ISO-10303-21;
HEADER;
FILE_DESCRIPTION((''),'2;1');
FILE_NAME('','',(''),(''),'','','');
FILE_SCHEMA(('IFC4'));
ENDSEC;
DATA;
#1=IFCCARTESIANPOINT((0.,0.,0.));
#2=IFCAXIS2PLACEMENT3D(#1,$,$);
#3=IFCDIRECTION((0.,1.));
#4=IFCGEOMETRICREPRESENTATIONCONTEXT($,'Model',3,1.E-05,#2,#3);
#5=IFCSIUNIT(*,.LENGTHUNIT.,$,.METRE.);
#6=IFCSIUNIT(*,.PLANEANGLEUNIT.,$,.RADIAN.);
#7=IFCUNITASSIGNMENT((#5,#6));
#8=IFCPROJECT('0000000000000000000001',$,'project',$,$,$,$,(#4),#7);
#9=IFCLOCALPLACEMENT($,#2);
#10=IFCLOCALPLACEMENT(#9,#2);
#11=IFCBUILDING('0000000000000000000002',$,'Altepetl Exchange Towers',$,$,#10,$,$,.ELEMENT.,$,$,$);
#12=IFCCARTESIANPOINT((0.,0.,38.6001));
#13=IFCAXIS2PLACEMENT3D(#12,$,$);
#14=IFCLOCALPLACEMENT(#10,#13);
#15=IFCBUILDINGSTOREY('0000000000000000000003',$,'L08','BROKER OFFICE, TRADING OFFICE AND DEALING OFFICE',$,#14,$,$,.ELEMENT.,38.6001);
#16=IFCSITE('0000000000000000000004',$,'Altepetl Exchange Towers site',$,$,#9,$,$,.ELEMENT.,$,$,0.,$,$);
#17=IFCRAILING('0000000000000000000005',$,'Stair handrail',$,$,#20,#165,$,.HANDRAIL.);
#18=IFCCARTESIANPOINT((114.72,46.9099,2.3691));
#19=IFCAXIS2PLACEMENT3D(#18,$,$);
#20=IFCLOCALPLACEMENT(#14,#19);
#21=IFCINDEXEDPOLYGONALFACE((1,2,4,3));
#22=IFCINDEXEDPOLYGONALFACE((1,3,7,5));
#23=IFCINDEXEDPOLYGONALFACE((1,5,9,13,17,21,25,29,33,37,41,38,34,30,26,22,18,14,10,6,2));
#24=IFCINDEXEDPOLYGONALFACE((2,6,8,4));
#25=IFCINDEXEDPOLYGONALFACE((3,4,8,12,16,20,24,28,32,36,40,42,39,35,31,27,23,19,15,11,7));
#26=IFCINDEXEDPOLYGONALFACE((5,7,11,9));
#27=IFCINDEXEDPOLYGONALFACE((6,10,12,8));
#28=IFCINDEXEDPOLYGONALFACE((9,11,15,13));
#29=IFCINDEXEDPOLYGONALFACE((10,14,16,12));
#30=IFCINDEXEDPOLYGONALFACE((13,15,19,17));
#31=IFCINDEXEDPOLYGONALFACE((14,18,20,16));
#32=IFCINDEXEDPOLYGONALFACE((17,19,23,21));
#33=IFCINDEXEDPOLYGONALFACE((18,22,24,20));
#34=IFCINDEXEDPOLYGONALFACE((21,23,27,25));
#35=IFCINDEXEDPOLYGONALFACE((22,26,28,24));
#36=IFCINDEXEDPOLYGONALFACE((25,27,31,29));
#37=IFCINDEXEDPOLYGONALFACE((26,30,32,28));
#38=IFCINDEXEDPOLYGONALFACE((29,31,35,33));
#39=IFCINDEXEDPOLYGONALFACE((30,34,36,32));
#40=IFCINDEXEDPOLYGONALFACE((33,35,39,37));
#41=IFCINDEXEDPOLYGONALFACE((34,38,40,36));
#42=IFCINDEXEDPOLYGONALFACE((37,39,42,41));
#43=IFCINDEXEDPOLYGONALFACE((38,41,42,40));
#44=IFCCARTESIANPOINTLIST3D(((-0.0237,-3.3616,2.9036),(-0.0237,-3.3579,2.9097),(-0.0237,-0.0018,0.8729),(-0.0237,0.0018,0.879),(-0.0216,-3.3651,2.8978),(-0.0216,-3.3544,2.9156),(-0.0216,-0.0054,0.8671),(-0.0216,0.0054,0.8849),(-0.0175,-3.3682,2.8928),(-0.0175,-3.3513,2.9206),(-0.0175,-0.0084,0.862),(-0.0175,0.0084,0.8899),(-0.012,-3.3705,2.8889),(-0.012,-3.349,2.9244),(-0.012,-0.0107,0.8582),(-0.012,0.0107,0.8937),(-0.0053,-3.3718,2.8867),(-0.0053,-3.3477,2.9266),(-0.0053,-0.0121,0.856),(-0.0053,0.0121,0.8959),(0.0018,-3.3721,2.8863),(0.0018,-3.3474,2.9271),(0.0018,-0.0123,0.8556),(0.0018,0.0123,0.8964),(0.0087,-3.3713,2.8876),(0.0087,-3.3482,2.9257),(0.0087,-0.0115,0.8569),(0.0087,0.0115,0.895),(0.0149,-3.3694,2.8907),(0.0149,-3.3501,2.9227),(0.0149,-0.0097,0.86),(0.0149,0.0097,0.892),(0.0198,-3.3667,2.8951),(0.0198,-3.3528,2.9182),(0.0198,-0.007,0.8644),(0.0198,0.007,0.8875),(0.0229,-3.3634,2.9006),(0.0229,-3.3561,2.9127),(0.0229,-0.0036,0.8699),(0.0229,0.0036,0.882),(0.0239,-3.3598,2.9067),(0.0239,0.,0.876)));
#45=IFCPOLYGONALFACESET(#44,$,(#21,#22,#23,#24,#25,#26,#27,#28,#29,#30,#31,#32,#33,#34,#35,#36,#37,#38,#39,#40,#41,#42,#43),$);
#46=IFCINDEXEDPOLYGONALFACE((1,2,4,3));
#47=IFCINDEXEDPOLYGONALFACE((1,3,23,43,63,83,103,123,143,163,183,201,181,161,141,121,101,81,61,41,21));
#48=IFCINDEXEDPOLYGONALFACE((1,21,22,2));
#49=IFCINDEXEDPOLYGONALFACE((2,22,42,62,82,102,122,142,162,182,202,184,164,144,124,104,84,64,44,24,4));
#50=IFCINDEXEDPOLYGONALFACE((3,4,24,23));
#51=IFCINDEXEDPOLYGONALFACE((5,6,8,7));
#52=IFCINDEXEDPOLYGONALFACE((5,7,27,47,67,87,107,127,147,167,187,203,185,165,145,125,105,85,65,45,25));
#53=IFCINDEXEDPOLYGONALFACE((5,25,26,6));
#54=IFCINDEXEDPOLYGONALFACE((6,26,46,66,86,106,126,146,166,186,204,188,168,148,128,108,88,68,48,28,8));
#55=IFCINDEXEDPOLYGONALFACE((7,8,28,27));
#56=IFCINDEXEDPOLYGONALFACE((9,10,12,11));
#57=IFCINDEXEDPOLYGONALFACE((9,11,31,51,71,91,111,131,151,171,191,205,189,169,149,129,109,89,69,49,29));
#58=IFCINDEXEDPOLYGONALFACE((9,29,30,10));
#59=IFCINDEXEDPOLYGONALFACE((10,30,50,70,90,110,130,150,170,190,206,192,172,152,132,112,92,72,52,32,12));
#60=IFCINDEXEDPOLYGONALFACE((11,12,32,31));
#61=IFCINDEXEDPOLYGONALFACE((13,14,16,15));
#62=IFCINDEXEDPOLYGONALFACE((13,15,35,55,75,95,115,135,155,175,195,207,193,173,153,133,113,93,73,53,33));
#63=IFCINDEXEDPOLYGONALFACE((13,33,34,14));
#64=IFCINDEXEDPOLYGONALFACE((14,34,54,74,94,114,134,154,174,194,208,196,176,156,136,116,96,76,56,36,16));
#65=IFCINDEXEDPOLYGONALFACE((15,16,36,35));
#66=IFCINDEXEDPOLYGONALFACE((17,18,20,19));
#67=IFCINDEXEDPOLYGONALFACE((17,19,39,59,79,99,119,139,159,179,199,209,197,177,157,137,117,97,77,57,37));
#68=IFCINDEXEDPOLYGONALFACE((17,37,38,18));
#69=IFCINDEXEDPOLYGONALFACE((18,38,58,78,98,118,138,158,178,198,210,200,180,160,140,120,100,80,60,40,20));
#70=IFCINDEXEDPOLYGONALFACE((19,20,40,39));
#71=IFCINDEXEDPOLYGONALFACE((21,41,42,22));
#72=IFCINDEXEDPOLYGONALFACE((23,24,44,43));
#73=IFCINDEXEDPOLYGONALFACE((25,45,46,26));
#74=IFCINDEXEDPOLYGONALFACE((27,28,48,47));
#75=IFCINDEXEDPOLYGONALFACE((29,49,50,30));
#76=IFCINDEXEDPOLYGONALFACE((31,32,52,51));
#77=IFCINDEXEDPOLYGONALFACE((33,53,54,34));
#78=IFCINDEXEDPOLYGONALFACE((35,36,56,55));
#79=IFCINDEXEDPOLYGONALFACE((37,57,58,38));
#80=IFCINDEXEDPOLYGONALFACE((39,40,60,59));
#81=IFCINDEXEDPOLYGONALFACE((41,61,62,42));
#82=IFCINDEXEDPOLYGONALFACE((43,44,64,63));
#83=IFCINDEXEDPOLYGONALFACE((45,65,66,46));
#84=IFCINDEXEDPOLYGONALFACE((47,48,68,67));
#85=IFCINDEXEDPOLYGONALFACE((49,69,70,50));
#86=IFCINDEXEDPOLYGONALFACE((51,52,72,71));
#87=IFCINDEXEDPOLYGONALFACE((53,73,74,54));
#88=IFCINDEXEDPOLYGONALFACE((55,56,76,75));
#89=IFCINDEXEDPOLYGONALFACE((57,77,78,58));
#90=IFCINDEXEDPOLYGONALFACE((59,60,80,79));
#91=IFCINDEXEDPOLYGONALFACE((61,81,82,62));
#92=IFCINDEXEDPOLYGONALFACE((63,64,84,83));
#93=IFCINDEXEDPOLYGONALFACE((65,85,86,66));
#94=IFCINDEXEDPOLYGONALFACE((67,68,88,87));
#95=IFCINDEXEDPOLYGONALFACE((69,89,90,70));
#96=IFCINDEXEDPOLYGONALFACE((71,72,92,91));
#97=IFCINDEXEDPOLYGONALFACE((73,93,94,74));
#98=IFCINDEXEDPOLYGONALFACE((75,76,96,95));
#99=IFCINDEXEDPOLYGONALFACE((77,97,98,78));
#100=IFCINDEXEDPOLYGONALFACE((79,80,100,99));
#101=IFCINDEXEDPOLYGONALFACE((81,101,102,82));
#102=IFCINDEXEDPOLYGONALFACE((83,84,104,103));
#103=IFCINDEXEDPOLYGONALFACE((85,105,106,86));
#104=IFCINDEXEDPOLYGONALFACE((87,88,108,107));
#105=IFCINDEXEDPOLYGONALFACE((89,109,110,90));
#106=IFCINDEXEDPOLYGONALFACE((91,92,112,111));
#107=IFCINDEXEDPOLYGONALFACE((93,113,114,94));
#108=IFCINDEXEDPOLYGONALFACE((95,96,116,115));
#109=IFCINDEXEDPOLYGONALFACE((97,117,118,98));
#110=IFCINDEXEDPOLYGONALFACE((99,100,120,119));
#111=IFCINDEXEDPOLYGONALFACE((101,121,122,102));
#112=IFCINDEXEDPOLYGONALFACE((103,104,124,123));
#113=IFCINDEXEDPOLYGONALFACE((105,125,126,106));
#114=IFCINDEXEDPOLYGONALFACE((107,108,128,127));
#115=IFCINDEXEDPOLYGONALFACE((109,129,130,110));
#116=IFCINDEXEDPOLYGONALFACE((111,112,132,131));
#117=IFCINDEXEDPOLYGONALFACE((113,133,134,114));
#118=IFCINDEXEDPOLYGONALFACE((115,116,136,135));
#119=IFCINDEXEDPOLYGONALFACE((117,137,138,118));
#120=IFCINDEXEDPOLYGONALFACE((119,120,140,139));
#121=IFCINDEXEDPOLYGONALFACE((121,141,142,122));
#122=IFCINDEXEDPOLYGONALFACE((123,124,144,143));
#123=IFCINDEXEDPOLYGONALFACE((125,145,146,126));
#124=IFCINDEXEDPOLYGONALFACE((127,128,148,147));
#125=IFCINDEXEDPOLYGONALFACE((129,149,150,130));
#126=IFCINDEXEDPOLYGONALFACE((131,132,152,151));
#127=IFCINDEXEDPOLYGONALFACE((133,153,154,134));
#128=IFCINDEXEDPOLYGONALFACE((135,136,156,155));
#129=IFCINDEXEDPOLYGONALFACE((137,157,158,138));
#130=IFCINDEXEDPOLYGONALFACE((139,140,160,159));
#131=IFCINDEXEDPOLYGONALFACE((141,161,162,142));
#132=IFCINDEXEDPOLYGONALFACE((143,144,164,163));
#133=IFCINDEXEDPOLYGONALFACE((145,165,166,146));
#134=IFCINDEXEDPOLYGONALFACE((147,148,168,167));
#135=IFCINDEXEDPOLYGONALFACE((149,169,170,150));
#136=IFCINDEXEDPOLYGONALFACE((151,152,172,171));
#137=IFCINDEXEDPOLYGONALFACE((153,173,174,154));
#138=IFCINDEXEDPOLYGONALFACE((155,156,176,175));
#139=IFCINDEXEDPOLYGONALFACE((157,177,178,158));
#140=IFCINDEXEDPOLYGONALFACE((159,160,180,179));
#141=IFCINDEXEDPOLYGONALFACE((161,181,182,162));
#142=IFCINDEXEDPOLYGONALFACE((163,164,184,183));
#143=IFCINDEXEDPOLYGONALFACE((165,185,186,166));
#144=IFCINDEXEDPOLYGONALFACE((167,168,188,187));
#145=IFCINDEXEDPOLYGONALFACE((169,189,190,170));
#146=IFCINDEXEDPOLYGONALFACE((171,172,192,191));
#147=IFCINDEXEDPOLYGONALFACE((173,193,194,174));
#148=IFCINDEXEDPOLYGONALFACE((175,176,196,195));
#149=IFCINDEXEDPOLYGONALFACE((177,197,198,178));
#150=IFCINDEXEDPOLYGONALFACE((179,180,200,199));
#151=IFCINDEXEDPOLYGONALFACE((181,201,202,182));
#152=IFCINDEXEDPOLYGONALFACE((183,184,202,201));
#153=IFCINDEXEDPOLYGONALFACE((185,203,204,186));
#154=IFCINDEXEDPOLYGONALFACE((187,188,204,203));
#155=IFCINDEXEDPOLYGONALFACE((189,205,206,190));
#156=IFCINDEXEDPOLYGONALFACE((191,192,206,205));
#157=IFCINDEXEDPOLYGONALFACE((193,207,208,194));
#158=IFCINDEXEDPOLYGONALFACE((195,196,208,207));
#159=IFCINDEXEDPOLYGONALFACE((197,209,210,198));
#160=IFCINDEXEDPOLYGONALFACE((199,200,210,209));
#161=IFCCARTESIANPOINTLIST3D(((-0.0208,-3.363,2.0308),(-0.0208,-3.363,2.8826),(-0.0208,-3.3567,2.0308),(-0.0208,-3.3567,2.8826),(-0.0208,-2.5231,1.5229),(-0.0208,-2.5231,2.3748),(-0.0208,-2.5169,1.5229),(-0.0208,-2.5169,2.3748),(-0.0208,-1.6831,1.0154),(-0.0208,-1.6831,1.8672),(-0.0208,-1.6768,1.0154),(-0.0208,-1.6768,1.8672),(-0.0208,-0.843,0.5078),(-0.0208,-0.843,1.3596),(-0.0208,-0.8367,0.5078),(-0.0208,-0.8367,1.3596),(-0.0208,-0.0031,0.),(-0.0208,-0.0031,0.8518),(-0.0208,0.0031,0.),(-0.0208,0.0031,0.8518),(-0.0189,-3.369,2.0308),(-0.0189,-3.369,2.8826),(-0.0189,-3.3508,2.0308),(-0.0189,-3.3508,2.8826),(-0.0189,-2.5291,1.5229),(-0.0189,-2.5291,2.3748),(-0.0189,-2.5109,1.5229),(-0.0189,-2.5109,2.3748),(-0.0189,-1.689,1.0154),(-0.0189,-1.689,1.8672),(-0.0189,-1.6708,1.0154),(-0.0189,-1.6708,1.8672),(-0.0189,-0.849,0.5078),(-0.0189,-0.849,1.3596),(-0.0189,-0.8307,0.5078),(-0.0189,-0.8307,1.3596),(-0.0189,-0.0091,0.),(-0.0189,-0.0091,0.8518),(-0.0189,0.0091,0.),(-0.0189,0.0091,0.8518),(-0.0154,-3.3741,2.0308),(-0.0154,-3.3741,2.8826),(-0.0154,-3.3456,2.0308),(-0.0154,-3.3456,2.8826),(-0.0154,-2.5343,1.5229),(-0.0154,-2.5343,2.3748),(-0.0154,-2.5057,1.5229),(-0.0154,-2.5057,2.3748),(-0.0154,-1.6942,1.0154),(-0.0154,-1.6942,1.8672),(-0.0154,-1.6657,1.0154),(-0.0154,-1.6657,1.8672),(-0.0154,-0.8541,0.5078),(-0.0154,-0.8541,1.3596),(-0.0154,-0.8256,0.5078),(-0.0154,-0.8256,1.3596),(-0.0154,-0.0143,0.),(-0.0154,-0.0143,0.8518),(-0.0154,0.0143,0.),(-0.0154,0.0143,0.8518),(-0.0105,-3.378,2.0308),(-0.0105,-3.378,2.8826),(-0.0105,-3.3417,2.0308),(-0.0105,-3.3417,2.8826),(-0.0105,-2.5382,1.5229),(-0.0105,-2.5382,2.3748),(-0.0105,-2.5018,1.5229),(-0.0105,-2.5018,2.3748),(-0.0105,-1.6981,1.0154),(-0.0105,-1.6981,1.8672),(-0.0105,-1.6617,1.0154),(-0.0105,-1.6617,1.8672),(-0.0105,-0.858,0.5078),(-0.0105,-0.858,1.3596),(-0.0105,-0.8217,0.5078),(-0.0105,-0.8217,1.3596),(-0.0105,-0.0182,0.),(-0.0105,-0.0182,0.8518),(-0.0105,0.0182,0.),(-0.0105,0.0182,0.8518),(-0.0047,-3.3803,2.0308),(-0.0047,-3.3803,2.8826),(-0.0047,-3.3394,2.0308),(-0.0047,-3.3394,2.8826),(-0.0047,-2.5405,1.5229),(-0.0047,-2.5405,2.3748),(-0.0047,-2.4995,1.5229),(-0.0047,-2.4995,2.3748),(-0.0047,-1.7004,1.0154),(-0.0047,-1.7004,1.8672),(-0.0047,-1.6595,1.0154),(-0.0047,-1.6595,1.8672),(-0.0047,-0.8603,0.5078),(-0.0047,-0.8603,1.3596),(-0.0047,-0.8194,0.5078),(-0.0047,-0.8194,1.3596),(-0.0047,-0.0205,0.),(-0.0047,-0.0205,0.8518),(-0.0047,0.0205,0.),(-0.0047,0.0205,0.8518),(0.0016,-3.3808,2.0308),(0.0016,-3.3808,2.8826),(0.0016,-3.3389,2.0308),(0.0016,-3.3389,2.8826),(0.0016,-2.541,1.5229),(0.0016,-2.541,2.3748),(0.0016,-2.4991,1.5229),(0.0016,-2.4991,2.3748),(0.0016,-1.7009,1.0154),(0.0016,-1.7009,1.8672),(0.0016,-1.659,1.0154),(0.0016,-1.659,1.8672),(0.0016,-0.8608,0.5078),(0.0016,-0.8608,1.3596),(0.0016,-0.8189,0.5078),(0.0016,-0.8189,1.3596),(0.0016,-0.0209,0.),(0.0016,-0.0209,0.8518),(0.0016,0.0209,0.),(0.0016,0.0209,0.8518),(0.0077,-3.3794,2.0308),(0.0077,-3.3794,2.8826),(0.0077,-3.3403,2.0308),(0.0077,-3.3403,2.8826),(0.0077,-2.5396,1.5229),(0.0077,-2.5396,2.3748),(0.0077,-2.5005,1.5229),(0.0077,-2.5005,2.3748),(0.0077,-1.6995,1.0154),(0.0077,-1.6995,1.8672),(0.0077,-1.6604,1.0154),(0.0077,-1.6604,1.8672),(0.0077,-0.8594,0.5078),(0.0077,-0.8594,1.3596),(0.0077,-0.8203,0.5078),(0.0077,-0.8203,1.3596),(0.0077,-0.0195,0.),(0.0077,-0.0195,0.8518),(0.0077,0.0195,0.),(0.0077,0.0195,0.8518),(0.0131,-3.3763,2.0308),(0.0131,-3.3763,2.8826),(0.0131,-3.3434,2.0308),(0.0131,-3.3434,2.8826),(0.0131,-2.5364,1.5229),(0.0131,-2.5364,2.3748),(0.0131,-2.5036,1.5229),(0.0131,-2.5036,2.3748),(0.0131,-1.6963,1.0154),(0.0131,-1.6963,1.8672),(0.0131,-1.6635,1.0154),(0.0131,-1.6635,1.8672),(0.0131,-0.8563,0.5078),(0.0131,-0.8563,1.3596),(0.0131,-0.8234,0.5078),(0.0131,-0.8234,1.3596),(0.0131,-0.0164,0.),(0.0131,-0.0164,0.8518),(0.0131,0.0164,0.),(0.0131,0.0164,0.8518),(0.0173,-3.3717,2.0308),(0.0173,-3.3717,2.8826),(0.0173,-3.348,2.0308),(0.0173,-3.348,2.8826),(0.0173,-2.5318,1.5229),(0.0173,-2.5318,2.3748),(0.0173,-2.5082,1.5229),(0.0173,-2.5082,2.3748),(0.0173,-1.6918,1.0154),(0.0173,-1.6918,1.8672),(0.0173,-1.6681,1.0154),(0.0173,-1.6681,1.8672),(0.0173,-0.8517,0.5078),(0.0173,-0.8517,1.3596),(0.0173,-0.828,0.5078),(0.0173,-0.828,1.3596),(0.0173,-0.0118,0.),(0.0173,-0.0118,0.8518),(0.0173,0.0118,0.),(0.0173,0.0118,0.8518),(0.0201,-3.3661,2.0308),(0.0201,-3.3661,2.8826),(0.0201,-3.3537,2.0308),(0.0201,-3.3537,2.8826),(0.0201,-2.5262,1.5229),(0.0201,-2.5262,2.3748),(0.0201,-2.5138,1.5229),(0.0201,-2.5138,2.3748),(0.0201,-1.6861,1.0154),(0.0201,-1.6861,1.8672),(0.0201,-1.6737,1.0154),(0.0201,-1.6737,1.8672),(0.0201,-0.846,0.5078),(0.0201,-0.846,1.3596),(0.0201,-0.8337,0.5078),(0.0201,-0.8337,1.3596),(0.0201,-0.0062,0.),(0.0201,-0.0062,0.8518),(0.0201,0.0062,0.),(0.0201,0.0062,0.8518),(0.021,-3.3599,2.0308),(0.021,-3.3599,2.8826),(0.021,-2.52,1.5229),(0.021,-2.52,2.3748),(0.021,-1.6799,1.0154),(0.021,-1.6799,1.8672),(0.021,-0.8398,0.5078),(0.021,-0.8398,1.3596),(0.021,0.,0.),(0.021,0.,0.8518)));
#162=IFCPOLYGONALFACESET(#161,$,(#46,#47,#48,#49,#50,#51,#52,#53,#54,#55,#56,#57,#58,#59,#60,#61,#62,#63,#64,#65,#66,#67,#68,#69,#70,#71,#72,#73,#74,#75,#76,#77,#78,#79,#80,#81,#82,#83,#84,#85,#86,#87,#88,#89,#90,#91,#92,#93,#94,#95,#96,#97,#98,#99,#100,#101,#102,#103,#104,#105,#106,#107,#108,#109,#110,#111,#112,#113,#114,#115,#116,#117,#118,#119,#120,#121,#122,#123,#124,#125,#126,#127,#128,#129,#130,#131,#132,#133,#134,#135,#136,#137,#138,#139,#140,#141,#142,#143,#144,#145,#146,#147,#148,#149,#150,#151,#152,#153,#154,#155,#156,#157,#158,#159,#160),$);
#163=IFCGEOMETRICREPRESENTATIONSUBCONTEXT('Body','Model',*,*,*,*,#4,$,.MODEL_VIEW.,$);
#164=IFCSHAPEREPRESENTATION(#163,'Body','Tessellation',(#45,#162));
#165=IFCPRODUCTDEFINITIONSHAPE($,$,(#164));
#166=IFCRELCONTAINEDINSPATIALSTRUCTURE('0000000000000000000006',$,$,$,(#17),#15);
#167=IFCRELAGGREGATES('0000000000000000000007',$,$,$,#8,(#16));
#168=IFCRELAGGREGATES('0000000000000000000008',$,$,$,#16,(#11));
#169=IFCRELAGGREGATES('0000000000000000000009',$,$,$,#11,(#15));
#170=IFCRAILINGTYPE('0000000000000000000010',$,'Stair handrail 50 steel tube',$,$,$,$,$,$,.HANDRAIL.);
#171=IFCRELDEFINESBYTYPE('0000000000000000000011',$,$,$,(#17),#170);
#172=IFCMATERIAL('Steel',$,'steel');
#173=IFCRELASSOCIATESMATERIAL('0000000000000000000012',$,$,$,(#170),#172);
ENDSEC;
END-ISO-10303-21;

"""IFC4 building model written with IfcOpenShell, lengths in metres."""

from ifc_helpers import new_model, si_unit, direction, frame, origin, origin_2d, place, context, subcontext, project, spatial, circle, extrude, source, transform, mapped, material, type_object, element, save


model = new_model("IFC4")

# Units and contexts
model_context = context("Model", 3, precision=1e-05, world=origin(), true_north=direction((0.0, 1.0)))
body_context = subcontext(model_context, "Body", "Model", "MODEL_VIEW")
ifc_project = project(units=[si_unit("LENGTHUNIT", "METRE"), si_unit("PLANEANGLEUNIT", "RADIAN")], contexts=[model_context])

# Site, building, storey
site_placement = place(None, origin())
site = spatial("IfcSite", under=ifc_project, at=site_placement, Name="Altepetl Exchange Towers site", CompositionType="ELEMENT", RefElevation=0.0)
building_placement = place(site_placement, origin())
building = spatial("IfcBuilding", under=site, at=building_placement, Name="Altepetl Exchange Towers", CompositionType="ELEMENT")
storey_placement = place(building_placement, frame((0.0, 0.0, 38.6001)))
storey = spatial("IfcBuildingStorey", under=building, at=storey_placement, Name="L08", Description="BROKER OFFICE, TRADING OFFICE AND DEALING OFFICE", CompositionType="ELEMENT", Elevation=38.6001)

# Railing
ifc_material_1 = material(Name="Steel", Category="steel")
railing_type = type_object("IfcRailingType", Name="Stair handrail 50 steel tube", PredefinedType="HANDRAIL", material=ifc_material_1)
shared_shape = source(origin(), body_context, "Body", "SweptSolid", [
    extrude(circle(Radius=0.021, at=origin_2d()), origin(), (0.0, 0.0, 1.0), 0.8518),
])
railing_1_placement = place(storey_placement, frame((114.72, 46.9099, 2.3691)))
element("IfcRailing", 1, at=railing_1_placement, inside=storey, type_object=railing_type, Name="Stair handrail", PredefinedType="HANDRAIL", context=body_context, shape_type="SweptSolid", body=[
    extrude(circle(Radius=0.0239, at=origin_2d()), frame((0.0, 0.0, 0.876), z_axis=(0.0, -0.85582, 0.517273), x_axis=(1.0, 0.0, 0.0)), (0.0, 0.0, 1.0), 3.9258),
    mapped(shared_shape, transform((0.0, 0.0, 0.0))),
    mapped(shared_shape, transform((0.0, -0.8398, 0.5078))),
    mapped(shared_shape, transform((0.0, -1.6799, 1.0154))),
    mapped(shared_shape, transform((0.0, -2.52, 1.5229))),
    mapped(shared_shape, transform((0.0, -3.3599, 2.0308))),
])

save(model, "model.ifc")
